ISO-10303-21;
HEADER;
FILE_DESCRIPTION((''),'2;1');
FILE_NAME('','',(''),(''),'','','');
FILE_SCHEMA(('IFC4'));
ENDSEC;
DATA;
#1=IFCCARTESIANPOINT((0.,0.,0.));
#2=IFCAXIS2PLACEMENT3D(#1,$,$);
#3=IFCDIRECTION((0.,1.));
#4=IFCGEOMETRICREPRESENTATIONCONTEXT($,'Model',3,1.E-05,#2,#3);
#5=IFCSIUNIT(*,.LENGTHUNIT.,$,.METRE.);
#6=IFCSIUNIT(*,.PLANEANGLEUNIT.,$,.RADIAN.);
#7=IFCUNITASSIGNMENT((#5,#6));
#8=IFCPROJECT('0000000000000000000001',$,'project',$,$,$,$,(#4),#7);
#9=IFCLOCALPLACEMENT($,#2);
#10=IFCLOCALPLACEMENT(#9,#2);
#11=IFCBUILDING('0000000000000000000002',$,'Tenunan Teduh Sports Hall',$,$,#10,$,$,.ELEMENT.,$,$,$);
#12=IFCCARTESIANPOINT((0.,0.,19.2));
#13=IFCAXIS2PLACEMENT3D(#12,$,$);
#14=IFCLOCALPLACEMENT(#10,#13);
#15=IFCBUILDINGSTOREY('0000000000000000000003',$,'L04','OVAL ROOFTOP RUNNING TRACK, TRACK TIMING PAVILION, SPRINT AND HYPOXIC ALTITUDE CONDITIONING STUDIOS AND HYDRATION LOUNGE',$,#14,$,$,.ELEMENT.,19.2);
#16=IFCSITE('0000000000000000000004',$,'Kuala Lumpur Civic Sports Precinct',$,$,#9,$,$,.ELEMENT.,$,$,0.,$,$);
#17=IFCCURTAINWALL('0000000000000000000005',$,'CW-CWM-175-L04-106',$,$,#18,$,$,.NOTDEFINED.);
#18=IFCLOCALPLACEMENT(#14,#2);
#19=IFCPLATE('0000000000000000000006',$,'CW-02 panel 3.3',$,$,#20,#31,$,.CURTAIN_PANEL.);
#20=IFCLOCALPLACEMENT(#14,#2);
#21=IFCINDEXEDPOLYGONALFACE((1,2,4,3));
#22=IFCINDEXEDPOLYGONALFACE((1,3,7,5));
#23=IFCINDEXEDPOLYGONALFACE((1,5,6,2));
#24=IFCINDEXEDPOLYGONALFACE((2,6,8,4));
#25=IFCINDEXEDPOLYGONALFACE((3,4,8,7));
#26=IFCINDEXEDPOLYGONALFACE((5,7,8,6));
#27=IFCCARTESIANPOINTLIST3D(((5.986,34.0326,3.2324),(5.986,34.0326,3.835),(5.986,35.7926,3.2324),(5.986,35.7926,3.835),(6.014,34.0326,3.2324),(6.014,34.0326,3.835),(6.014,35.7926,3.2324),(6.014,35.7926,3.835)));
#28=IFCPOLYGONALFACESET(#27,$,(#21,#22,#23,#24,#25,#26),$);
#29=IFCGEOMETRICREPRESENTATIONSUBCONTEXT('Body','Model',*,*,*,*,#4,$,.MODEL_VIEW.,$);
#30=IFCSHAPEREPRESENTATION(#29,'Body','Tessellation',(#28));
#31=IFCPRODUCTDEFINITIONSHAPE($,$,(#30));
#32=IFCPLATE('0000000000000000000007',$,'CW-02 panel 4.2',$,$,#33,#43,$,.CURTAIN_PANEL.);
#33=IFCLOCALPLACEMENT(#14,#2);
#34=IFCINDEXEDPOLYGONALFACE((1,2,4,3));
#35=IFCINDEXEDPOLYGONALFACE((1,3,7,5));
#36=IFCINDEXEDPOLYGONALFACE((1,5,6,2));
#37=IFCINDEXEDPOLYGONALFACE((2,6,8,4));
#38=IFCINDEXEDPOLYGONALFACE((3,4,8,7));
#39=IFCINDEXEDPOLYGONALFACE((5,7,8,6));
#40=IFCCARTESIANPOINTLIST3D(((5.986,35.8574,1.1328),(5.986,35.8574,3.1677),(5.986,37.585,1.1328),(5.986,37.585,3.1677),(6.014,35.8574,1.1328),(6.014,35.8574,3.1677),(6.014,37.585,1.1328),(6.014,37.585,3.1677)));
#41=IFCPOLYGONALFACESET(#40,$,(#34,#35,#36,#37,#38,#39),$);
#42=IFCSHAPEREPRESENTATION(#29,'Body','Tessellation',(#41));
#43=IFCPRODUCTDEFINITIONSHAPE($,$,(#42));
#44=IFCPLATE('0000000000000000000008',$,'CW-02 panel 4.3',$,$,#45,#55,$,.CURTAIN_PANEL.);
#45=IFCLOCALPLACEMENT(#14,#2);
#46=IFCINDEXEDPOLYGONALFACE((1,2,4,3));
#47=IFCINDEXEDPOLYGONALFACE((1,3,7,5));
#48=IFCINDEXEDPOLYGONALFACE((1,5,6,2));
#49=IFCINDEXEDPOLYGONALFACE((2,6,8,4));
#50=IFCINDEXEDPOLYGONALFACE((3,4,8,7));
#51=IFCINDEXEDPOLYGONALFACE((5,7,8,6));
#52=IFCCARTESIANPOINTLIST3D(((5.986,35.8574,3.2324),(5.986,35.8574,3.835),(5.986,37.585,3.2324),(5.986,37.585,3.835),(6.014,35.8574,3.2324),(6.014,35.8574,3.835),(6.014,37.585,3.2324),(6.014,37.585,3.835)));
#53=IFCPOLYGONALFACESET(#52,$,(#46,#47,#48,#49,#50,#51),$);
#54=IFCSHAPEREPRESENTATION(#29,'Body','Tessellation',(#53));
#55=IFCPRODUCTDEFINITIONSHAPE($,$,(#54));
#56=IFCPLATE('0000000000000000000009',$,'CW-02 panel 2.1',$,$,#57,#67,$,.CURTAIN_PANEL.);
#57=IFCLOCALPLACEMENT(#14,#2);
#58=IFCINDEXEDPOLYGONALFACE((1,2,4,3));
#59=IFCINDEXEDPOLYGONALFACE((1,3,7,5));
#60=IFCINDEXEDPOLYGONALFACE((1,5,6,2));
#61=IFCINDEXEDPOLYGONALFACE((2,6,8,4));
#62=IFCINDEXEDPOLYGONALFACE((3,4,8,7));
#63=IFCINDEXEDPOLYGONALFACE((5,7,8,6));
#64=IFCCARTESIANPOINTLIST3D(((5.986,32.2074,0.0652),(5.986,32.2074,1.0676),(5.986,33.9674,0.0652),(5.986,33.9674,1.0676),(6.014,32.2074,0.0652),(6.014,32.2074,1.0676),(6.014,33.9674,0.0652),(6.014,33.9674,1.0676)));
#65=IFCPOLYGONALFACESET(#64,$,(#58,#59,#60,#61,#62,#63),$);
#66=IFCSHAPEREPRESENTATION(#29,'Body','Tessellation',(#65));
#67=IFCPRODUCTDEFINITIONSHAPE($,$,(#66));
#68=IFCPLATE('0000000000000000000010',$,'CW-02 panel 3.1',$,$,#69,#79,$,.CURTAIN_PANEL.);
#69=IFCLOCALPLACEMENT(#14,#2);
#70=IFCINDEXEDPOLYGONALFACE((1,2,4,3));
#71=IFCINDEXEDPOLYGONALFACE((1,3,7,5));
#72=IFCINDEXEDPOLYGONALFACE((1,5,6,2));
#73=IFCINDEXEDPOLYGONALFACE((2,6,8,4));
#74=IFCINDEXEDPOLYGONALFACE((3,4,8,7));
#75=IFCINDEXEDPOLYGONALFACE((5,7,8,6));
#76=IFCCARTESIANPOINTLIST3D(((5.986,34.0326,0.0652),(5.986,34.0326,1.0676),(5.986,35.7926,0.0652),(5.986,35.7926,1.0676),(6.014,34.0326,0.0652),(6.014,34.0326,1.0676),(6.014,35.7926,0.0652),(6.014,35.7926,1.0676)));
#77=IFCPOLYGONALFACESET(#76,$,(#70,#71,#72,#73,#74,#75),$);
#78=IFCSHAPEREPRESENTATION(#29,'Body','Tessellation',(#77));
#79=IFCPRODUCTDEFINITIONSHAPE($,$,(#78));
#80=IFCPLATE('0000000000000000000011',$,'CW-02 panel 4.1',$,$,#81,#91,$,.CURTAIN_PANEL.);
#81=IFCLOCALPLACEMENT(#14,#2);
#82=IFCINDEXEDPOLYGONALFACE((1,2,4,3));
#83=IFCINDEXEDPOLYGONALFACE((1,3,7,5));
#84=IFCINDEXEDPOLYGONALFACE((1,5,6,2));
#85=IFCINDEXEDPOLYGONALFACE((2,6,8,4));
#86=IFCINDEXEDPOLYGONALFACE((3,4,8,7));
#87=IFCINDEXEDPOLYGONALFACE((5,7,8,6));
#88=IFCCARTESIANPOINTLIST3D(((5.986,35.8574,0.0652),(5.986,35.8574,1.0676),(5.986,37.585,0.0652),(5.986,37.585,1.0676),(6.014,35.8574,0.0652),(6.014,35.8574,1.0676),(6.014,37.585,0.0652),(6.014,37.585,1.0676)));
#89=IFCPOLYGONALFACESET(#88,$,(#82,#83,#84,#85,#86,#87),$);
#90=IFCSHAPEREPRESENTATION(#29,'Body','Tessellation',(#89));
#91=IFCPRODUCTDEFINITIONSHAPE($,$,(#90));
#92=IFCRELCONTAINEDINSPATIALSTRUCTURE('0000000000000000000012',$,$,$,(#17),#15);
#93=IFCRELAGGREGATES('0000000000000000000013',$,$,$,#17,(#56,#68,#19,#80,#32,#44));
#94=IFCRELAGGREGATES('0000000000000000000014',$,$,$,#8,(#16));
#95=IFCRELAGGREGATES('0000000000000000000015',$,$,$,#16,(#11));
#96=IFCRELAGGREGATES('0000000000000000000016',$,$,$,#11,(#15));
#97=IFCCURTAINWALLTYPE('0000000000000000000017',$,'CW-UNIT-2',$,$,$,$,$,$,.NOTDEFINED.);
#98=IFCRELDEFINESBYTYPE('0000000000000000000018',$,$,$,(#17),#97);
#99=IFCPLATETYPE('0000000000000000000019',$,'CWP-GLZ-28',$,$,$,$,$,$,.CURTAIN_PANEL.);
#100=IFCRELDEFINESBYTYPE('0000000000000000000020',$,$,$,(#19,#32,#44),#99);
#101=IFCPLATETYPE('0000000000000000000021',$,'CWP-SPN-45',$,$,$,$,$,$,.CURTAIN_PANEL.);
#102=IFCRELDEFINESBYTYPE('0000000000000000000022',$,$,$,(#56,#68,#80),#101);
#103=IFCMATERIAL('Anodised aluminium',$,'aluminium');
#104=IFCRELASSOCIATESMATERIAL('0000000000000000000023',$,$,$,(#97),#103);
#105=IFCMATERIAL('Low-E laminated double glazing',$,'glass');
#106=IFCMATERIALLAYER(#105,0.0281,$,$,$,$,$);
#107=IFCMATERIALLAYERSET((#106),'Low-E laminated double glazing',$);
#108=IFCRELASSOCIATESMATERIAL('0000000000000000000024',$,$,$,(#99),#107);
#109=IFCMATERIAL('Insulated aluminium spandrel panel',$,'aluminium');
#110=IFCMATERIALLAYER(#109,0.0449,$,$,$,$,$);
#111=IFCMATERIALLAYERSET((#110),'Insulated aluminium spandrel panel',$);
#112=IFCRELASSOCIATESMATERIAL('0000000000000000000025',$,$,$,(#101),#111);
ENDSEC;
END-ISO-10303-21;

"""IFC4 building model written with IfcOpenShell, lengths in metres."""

from ifc_helpers import new_model, si_unit, direction, frame, origin, origin_2d, place, context, subcontext, project, spatial, rectangle, extrude, material, layer, layer_set, type_object, element, aggregate, save


model = new_model("IFC4")

# Units and contexts
model_context = context("Model", 3, precision=1e-05, world=origin(), true_north=direction((0.0, 1.0)))
body_context = subcontext(model_context, "Body", "Model", "MODEL_VIEW")
ifc_project = project(units=[si_unit("LENGTHUNIT", "METRE"), si_unit("PLANEANGLEUNIT", "RADIAN")], contexts=[model_context])

# Site, building, storey
site_placement = place(None, origin())
site = spatial("IfcSite", under=ifc_project, at=site_placement, Name="Kuala Lumpur Civic Sports Precinct", CompositionType="ELEMENT", RefElevation=0.0)
building_placement = place(site_placement, origin())
building = spatial("IfcBuilding", under=site, at=building_placement, Name="Tenunan Teduh Sports Hall", CompositionType="ELEMENT")
storey_placement = place(building_placement, frame((0.0, 0.0, 19.2)))
storey = spatial("IfcBuildingStorey", under=building, at=storey_placement, Name="L04", Description="OVAL ROOFTOP RUNNING TRACK, TRACK TIMING PAVILION, SPRINT AND HYPOXIC ALTITUDE CONDITIONING STUDIOS AND HYDRATION LOUNGE", CompositionType="ELEMENT", Elevation=19.2)

# Curtain wall, plates
ifc_material_1 = material(Name="Anodised aluminium", Category="aluminium")
curtain_wall_type = type_object("IfcCurtainWallType", Name="CW-UNIT-2", PredefinedType="NOTDEFINED", material=ifc_material_1)
curtain_wall_placement = place(storey_placement, origin())
curtain_wall = element("IfcCurtainWall", 1, at=curtain_wall_placement, inside=storey, type_object=curtain_wall_type, Name="CW-CWM-175-L04-106", PredefinedType="NOTDEFINED")
ifc_material_2 = material(Name="Low-E laminated double glazing", Category="glass")
ifc_layer_1 = layer(ifc_material_2, 0.0281)
ifc_layer_set_1 = layer_set([ifc_layer_1], Name="Low-E laminated double glazing")
plate_type_1 = type_object("IfcPlateType", Name="CWP-GLZ-28", PredefinedType="CURTAIN_PANEL", material=ifc_layer_set_1)
plate_1_placement = place(storey_placement, frame((6.0, 34.9126, 3.2324), z_axis=(0.0, 0.0, 1.0), x_axis=(0.0, 1.0, 0.0)))
plate_1 = element("IfcPlate", 2, at=plate_1_placement, type_object=plate_type_1, Name="CW-02 panel 3.3", PredefinedType="CURTAIN_PANEL", context=body_context, shape_type="SweptSolid", body=[
    extrude(rectangle(XDim=1.76, YDim=0.0281, at=origin_2d()), origin(), (0.0, 0.0, 1.0), 0.6025),
])
plate_2_placement = place(storey_placement, frame((6.0, 36.7212, 1.1328), z_axis=(0.0, 0.0, 1.0), x_axis=(0.0, 1.0, 0.0)))
plate_2 = element("IfcPlate", 3, at=plate_2_placement, type_object=plate_type_1, Name="CW-02 panel 4.2", PredefinedType="CURTAIN_PANEL", context=body_context, shape_type="SweptSolid", body=[
    extrude(rectangle(XDim=1.7275, YDim=0.0281, at=origin_2d()), origin(), (0.0, 0.0, 1.0), 2.0349),
])
plate_3_placement = place(storey_placement, frame((6.0, 36.7212, 3.2324), z_axis=(0.0, 0.0, 1.0), x_axis=(0.0, 1.0, 0.0)))
plate_3 = element("IfcPlate", 4, at=plate_3_placement, type_object=plate_type_1, Name="CW-02 panel 4.3", PredefinedType="CURTAIN_PANEL", context=body_context, shape_type="SweptSolid", body=[
    extrude(rectangle(XDim=1.7275, YDim=0.0281, at=origin_2d()), origin(), (0.0, 0.0, 1.0), 0.6025),
])
ifc_material_3 = material(Name="Insulated aluminium spandrel panel", Category="aluminium")
ifc_layer_2 = layer(ifc_material_3, 0.0449)
ifc_layer_set_2 = layer_set([ifc_layer_2], Name="Insulated aluminium spandrel panel")
plate_type_2 = type_object("IfcPlateType", Name="CWP-SPN-45", PredefinedType="CURTAIN_PANEL", material=ifc_layer_set_2)
plate_4_placement = place(storey_placement, frame((6.0, 33.0874, 0.0652), z_axis=(0.0, 0.0, 1.0), x_axis=(0.0, 1.0, 0.0)))
plate_4 = element("IfcPlate", 5, at=plate_4_placement, type_object=plate_type_2, Name="CW-02 panel 2.1", PredefinedType="CURTAIN_PANEL", context=body_context, shape_type="SweptSolid", body=[
    extrude(rectangle(XDim=1.76, YDim=0.0281, at=origin_2d()), origin(), (0.0, 0.0, 1.0), 1.0024),
])
plate_5_placement = place(storey_placement, frame((6.0, 34.9126, 0.0652), z_axis=(0.0, 0.0, 1.0), x_axis=(0.0, 1.0, 0.0)))
plate_5 = element("IfcPlate", 6, at=plate_5_placement, type_object=plate_type_2, Name="CW-02 panel 3.1", PredefinedType="CURTAIN_PANEL", context=body_context, shape_type="SweptSolid", body=[
    extrude(rectangle(XDim=1.76, YDim=0.0281, at=origin_2d()), origin(), (0.0, 0.0, 1.0), 1.0024),
])
plate_6_placement = place(storey_placement, frame((6.0, 36.7212, 0.0652), z_axis=(0.0, 0.0, 1.0), x_axis=(0.0, 1.0, 0.0)))
plate_6 = element("IfcPlate", 7, at=plate_6_placement, type_object=plate_type_2, Name="CW-02 panel 4.1", PredefinedType="CURTAIN_PANEL", context=body_context, shape_type="SweptSolid", body=[
    extrude(rectangle(XDim=1.7275, YDim=0.0281, at=origin_2d()), origin(), (0.0, 0.0, 1.0), 1.0024),
])
aggregate(curtain_wall, [plate_4, plate_5, plate_1, plate_6, plate_2, plate_3])

save(model, "model.ifc")
